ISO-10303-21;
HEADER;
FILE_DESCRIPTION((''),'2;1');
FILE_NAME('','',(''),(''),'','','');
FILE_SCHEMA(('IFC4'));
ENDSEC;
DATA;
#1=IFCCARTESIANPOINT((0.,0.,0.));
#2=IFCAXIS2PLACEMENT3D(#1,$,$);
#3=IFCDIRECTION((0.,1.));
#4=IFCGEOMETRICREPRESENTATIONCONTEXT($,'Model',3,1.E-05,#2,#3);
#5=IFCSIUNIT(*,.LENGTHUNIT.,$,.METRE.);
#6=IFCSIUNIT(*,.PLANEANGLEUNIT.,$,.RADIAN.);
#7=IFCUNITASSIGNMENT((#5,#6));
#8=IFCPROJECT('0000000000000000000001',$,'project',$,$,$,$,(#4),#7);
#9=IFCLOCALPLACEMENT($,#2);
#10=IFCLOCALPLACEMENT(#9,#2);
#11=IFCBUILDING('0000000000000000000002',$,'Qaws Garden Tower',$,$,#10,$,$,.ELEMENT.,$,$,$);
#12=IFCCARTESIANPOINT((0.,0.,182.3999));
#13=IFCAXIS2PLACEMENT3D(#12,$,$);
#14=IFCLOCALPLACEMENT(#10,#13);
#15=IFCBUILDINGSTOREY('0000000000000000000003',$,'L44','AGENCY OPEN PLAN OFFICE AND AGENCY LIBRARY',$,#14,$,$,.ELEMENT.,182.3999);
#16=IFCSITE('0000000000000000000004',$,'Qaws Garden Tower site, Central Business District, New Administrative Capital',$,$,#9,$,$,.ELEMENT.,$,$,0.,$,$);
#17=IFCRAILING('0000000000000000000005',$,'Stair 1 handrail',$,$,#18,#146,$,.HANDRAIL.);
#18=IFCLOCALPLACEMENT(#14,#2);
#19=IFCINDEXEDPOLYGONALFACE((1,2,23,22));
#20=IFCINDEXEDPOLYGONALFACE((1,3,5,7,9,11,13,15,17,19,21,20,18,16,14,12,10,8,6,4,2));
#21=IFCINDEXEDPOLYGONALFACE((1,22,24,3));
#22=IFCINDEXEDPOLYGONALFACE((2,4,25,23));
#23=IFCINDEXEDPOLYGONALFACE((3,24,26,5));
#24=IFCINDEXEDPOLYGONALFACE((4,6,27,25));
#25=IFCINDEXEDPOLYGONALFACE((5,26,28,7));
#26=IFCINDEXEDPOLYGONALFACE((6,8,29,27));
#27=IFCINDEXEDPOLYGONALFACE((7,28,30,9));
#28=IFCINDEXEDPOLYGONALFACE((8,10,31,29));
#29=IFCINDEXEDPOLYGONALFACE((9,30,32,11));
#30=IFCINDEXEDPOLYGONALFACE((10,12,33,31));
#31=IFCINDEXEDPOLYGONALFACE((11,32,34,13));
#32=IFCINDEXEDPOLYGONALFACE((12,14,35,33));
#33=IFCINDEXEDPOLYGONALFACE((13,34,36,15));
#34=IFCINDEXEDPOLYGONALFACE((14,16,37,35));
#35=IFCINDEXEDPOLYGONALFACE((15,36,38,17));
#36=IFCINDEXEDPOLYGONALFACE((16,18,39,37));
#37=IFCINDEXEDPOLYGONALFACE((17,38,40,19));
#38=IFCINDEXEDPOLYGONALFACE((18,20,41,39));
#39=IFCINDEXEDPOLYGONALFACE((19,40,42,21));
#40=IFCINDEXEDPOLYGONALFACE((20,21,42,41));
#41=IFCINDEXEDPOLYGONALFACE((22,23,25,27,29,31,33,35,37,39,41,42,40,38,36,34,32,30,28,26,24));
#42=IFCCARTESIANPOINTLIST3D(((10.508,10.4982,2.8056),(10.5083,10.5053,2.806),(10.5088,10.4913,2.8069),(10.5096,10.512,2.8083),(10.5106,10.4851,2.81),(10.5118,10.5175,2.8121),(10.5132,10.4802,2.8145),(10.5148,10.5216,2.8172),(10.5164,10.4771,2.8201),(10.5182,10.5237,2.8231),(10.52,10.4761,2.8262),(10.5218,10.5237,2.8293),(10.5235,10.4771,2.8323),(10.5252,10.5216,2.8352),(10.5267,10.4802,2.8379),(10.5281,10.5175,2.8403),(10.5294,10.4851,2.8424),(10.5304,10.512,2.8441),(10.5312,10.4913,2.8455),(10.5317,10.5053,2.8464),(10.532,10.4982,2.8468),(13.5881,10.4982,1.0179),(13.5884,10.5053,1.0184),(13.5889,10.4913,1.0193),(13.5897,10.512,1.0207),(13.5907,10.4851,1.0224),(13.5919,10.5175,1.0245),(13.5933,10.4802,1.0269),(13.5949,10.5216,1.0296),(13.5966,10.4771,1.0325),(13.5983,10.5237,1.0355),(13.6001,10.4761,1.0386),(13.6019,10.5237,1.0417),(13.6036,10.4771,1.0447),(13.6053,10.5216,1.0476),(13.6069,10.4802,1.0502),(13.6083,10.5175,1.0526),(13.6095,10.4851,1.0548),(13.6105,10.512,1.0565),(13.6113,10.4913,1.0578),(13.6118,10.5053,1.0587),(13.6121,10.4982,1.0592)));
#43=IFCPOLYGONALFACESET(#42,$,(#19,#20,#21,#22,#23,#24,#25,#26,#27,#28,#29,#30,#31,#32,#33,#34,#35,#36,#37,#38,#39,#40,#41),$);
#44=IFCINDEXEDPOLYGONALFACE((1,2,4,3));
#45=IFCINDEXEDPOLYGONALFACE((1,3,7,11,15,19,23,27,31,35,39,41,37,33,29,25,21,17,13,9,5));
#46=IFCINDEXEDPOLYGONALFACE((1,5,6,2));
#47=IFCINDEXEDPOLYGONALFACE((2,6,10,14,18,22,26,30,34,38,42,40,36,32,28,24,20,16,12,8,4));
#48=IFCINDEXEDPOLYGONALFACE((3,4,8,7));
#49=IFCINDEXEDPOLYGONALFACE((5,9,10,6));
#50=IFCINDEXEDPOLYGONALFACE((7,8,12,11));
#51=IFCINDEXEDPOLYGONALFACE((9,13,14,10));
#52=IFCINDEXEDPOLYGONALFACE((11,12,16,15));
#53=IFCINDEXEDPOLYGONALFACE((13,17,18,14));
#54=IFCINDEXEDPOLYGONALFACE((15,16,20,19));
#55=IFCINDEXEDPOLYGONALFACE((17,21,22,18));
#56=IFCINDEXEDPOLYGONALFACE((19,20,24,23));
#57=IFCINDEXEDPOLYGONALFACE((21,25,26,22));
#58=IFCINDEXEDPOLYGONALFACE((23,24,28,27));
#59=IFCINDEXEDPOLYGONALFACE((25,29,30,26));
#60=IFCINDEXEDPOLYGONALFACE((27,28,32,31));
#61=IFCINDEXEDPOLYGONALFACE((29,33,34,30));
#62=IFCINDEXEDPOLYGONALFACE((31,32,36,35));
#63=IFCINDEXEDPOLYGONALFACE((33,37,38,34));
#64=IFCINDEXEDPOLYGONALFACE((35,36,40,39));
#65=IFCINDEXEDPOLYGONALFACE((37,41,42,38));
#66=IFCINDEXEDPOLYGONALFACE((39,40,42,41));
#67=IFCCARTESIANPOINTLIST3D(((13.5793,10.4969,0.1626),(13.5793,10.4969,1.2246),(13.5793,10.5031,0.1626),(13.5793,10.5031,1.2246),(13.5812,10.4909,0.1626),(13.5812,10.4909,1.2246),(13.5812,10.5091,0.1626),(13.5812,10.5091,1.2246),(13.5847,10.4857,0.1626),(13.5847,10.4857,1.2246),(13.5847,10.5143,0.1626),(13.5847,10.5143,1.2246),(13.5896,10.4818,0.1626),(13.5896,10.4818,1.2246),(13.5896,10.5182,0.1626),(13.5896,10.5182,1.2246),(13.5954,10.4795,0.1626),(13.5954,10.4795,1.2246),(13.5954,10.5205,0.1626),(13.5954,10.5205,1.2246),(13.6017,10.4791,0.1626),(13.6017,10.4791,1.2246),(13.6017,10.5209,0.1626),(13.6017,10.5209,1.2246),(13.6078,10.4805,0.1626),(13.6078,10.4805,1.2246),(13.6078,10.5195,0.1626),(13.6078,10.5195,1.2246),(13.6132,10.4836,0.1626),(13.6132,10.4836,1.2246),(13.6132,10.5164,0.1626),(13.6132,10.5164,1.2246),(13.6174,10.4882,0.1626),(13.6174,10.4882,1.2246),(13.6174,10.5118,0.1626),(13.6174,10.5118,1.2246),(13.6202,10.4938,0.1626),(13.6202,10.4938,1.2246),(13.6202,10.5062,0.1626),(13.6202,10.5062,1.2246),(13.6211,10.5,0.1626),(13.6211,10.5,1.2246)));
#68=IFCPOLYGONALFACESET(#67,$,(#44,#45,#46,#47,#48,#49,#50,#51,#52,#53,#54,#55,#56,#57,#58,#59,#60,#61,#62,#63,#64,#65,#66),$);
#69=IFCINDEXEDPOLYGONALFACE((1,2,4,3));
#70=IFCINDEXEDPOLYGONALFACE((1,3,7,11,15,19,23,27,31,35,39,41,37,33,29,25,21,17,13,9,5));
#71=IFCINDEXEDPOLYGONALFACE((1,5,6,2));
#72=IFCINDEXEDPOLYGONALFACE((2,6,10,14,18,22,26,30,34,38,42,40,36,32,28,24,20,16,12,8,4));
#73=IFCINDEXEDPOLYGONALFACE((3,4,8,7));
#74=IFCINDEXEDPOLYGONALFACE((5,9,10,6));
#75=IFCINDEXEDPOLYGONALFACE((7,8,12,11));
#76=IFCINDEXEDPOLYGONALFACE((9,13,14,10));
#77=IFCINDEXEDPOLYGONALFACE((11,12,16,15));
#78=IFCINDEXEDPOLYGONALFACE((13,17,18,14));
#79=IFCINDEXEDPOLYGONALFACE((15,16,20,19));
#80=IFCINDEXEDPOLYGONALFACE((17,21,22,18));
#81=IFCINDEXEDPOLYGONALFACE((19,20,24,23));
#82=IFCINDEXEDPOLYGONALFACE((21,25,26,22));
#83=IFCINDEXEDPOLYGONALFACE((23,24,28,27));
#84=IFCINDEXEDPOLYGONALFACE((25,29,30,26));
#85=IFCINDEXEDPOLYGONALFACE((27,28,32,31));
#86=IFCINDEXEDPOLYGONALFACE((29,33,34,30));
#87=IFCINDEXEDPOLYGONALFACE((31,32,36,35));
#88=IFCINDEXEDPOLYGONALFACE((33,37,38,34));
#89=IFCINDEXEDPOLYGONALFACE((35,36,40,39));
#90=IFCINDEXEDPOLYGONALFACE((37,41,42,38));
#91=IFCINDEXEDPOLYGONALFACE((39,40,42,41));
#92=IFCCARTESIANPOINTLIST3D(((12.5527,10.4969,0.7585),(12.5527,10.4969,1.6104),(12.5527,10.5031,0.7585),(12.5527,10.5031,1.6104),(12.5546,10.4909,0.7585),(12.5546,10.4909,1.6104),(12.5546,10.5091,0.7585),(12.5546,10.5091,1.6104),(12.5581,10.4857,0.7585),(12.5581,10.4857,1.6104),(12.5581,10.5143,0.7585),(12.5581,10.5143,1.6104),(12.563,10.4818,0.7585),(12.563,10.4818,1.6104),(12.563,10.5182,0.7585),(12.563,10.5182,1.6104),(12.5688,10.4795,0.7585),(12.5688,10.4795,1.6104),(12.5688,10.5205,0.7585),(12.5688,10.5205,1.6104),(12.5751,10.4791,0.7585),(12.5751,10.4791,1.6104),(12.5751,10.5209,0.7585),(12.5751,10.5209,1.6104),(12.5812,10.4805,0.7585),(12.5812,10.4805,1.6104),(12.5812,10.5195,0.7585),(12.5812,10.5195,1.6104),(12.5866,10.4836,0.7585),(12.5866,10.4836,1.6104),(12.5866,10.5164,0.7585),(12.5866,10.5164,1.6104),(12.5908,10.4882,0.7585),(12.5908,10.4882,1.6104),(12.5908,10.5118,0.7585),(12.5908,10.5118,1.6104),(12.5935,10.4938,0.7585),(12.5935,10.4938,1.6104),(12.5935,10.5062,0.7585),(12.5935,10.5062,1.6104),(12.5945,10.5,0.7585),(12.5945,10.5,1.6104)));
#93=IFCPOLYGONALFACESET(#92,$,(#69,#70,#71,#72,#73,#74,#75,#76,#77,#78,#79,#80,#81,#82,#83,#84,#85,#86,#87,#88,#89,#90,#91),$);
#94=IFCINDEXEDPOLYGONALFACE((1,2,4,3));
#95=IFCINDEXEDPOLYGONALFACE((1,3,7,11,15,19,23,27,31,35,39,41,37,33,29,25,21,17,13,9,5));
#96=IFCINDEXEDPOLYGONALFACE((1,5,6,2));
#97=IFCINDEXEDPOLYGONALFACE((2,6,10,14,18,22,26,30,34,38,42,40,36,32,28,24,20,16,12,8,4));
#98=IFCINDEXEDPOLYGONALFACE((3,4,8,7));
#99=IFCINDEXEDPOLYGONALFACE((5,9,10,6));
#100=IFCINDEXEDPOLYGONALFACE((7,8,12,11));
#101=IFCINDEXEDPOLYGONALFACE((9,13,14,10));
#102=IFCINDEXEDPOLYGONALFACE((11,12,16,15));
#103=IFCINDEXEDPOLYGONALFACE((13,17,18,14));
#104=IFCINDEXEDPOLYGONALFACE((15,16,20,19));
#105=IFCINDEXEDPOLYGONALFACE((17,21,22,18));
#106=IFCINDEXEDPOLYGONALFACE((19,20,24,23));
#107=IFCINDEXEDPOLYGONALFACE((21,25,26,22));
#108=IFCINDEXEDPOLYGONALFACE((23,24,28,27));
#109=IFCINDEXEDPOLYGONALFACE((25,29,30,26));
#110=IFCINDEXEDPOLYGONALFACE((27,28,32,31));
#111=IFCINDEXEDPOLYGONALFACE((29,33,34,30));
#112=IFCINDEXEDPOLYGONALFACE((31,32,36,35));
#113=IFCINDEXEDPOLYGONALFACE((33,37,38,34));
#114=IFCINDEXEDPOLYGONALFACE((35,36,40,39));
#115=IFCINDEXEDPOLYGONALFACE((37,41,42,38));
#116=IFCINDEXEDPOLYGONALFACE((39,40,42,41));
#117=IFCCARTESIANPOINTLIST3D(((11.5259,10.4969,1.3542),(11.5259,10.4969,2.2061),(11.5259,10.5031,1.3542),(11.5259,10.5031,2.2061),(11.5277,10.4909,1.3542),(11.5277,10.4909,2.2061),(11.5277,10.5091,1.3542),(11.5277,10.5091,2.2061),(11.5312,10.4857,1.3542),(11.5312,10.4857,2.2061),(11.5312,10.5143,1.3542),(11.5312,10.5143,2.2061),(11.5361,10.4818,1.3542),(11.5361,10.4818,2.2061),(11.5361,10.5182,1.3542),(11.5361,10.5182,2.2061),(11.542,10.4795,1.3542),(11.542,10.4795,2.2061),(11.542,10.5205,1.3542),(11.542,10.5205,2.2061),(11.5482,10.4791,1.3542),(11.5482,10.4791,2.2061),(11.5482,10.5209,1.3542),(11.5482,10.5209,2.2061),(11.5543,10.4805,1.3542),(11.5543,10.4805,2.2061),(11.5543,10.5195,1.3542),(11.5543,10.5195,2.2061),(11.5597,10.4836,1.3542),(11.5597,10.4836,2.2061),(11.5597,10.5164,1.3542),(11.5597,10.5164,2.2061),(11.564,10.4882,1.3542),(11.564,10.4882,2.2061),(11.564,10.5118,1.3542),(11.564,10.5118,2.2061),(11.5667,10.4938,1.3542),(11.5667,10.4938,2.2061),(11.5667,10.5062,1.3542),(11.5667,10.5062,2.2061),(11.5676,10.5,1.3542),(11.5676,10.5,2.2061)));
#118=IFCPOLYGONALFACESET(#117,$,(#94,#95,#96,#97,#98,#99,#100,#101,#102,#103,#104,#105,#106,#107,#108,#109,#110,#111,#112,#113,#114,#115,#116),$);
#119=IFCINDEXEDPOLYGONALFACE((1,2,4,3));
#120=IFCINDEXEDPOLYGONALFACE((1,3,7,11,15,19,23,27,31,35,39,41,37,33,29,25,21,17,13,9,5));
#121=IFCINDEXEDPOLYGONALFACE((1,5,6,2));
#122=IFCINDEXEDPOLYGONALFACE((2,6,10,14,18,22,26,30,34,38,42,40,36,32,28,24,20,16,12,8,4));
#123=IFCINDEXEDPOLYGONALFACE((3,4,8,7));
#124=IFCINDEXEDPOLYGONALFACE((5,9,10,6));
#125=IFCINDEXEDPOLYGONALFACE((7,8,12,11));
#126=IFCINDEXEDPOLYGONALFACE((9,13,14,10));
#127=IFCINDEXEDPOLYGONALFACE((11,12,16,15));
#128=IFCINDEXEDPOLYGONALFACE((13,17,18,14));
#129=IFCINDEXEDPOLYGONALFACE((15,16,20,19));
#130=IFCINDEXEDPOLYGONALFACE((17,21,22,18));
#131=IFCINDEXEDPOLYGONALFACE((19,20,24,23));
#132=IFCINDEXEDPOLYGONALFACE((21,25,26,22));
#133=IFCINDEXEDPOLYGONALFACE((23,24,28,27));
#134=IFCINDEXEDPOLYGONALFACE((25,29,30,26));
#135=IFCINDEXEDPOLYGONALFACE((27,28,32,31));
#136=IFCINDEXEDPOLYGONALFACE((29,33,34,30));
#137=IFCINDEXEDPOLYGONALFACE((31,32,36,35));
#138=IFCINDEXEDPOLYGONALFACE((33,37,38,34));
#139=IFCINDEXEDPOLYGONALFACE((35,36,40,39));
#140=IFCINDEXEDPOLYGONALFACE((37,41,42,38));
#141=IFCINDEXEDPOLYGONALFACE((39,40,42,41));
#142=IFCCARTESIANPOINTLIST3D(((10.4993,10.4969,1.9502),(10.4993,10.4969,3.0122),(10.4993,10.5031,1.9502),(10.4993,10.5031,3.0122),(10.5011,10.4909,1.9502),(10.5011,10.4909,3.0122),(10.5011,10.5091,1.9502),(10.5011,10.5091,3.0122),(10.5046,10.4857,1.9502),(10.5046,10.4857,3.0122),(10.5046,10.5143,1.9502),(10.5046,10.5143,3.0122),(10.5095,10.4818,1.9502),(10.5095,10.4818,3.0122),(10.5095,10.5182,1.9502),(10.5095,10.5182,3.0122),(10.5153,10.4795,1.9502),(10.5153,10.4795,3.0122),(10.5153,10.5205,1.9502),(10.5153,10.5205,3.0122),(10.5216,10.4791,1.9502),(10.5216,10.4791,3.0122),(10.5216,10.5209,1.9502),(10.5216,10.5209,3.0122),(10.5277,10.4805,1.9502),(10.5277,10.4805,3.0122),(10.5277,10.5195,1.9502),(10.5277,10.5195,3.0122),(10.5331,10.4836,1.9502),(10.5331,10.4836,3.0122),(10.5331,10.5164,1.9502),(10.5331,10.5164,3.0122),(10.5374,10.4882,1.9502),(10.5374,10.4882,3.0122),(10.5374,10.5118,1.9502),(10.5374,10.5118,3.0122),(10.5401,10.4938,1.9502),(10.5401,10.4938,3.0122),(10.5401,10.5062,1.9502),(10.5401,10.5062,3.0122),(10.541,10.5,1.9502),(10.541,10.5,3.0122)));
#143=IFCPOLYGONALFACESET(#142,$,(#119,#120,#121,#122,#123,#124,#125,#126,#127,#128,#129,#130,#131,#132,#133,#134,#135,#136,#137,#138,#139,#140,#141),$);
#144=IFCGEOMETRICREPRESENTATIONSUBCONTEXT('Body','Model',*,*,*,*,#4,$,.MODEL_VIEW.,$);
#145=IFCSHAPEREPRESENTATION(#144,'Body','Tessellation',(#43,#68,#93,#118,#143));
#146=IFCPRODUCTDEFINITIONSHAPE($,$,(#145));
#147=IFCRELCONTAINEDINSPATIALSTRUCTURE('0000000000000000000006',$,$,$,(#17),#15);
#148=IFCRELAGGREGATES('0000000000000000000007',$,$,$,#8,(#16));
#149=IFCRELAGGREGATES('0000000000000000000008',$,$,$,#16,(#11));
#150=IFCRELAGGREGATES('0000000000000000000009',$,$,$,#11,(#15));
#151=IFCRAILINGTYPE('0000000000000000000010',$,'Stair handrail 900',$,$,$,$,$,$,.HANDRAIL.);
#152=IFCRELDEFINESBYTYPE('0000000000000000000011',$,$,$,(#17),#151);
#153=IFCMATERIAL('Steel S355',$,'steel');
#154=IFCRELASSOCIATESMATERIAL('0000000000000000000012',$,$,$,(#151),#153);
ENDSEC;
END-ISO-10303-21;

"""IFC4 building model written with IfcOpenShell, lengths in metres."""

from ifc_helpers import new_model, si_unit, direction, frame, origin, origin_2d, place, context, subcontext, project, spatial, circle, extrude, material, type_object, element, save


model = new_model("IFC4")

# Units and contexts
model_context = context("Model", 3, precision=1e-05, world=origin(), true_north=direction((0.0, 1.0)))
body_context = subcontext(model_context, "Body", "Model", "MODEL_VIEW")
ifc_project = project(units=[si_unit("LENGTHUNIT", "METRE"), si_unit("PLANEANGLEUNIT", "RADIAN")], contexts=[model_context])

# Site, building, storey
site_placement = place(None, origin())
site = spatial("IfcSite", under=ifc_project, at=site_placement, Name="Qaws Garden Tower site, Central Business District, New Administrative Capital", CompositionType="ELEMENT", RefElevation=0.0)
building_placement = place(site_placement, origin())
building = spatial("IfcBuilding", under=site, at=building_placement, Name="Qaws Garden Tower", CompositionType="ELEMENT")
storey_placement = place(building_placement, frame((0.0, 0.0, 182.3999)))
storey = spatial("IfcBuildingStorey", under=building, at=storey_placement, Name="L44", Description="AGENCY OPEN PLAN OFFICE AND AGENCY LIBRARY", CompositionType="ELEMENT", Elevation=182.3999)

# Railing
ifc_material_1 = material(Name="Steel S355", Category="steel")
railing_type = type_object("IfcRailingType", Name="Stair handrail 900", PredefinedType="HANDRAIL", material=ifc_material_1)
railing_1_placement = place(storey_placement, frame((13.6001, 10.5, 0.1626)))
element("IfcRailing", 1, at=railing_1_placement, inside=storey, type_object=railing_type, Name="Stair 1 handrail", PredefinedType="HANDRAIL", context=body_context, shape_type="SweptSolid", body=[
    extrude(circle(Radius=0.0239, at=origin_2d()), frame((0.0, 0.0, 0.876), z_axis=(-0.864891, 0.0, 0.50196), x_axis=(0.0, -1.0, 0.0)), (0.0, 0.0, 1.0), 3.5613),
    extrude(circle(Radius=0.021, at=origin_2d()), origin(), (0.0, 0.0, 1.0), 1.062),
    extrude(circle(Radius=0.021, at=origin_2d()), frame((-1.0266, 0.0, 0.5959)), (0.0, 0.0, 1.0), 0.8518),
    extrude(circle(Radius=0.021, at=origin_2d()), frame((-2.0535, 0.0, 1.1917)), (0.0, 0.0, 1.0), 0.8518),
    extrude(circle(Radius=0.021, at=origin_2d()), frame((-3.0801, 0.0, 1.7876)), (0.0, 0.0, 1.0), 1.062),
])

save(model, "model.ifc")
